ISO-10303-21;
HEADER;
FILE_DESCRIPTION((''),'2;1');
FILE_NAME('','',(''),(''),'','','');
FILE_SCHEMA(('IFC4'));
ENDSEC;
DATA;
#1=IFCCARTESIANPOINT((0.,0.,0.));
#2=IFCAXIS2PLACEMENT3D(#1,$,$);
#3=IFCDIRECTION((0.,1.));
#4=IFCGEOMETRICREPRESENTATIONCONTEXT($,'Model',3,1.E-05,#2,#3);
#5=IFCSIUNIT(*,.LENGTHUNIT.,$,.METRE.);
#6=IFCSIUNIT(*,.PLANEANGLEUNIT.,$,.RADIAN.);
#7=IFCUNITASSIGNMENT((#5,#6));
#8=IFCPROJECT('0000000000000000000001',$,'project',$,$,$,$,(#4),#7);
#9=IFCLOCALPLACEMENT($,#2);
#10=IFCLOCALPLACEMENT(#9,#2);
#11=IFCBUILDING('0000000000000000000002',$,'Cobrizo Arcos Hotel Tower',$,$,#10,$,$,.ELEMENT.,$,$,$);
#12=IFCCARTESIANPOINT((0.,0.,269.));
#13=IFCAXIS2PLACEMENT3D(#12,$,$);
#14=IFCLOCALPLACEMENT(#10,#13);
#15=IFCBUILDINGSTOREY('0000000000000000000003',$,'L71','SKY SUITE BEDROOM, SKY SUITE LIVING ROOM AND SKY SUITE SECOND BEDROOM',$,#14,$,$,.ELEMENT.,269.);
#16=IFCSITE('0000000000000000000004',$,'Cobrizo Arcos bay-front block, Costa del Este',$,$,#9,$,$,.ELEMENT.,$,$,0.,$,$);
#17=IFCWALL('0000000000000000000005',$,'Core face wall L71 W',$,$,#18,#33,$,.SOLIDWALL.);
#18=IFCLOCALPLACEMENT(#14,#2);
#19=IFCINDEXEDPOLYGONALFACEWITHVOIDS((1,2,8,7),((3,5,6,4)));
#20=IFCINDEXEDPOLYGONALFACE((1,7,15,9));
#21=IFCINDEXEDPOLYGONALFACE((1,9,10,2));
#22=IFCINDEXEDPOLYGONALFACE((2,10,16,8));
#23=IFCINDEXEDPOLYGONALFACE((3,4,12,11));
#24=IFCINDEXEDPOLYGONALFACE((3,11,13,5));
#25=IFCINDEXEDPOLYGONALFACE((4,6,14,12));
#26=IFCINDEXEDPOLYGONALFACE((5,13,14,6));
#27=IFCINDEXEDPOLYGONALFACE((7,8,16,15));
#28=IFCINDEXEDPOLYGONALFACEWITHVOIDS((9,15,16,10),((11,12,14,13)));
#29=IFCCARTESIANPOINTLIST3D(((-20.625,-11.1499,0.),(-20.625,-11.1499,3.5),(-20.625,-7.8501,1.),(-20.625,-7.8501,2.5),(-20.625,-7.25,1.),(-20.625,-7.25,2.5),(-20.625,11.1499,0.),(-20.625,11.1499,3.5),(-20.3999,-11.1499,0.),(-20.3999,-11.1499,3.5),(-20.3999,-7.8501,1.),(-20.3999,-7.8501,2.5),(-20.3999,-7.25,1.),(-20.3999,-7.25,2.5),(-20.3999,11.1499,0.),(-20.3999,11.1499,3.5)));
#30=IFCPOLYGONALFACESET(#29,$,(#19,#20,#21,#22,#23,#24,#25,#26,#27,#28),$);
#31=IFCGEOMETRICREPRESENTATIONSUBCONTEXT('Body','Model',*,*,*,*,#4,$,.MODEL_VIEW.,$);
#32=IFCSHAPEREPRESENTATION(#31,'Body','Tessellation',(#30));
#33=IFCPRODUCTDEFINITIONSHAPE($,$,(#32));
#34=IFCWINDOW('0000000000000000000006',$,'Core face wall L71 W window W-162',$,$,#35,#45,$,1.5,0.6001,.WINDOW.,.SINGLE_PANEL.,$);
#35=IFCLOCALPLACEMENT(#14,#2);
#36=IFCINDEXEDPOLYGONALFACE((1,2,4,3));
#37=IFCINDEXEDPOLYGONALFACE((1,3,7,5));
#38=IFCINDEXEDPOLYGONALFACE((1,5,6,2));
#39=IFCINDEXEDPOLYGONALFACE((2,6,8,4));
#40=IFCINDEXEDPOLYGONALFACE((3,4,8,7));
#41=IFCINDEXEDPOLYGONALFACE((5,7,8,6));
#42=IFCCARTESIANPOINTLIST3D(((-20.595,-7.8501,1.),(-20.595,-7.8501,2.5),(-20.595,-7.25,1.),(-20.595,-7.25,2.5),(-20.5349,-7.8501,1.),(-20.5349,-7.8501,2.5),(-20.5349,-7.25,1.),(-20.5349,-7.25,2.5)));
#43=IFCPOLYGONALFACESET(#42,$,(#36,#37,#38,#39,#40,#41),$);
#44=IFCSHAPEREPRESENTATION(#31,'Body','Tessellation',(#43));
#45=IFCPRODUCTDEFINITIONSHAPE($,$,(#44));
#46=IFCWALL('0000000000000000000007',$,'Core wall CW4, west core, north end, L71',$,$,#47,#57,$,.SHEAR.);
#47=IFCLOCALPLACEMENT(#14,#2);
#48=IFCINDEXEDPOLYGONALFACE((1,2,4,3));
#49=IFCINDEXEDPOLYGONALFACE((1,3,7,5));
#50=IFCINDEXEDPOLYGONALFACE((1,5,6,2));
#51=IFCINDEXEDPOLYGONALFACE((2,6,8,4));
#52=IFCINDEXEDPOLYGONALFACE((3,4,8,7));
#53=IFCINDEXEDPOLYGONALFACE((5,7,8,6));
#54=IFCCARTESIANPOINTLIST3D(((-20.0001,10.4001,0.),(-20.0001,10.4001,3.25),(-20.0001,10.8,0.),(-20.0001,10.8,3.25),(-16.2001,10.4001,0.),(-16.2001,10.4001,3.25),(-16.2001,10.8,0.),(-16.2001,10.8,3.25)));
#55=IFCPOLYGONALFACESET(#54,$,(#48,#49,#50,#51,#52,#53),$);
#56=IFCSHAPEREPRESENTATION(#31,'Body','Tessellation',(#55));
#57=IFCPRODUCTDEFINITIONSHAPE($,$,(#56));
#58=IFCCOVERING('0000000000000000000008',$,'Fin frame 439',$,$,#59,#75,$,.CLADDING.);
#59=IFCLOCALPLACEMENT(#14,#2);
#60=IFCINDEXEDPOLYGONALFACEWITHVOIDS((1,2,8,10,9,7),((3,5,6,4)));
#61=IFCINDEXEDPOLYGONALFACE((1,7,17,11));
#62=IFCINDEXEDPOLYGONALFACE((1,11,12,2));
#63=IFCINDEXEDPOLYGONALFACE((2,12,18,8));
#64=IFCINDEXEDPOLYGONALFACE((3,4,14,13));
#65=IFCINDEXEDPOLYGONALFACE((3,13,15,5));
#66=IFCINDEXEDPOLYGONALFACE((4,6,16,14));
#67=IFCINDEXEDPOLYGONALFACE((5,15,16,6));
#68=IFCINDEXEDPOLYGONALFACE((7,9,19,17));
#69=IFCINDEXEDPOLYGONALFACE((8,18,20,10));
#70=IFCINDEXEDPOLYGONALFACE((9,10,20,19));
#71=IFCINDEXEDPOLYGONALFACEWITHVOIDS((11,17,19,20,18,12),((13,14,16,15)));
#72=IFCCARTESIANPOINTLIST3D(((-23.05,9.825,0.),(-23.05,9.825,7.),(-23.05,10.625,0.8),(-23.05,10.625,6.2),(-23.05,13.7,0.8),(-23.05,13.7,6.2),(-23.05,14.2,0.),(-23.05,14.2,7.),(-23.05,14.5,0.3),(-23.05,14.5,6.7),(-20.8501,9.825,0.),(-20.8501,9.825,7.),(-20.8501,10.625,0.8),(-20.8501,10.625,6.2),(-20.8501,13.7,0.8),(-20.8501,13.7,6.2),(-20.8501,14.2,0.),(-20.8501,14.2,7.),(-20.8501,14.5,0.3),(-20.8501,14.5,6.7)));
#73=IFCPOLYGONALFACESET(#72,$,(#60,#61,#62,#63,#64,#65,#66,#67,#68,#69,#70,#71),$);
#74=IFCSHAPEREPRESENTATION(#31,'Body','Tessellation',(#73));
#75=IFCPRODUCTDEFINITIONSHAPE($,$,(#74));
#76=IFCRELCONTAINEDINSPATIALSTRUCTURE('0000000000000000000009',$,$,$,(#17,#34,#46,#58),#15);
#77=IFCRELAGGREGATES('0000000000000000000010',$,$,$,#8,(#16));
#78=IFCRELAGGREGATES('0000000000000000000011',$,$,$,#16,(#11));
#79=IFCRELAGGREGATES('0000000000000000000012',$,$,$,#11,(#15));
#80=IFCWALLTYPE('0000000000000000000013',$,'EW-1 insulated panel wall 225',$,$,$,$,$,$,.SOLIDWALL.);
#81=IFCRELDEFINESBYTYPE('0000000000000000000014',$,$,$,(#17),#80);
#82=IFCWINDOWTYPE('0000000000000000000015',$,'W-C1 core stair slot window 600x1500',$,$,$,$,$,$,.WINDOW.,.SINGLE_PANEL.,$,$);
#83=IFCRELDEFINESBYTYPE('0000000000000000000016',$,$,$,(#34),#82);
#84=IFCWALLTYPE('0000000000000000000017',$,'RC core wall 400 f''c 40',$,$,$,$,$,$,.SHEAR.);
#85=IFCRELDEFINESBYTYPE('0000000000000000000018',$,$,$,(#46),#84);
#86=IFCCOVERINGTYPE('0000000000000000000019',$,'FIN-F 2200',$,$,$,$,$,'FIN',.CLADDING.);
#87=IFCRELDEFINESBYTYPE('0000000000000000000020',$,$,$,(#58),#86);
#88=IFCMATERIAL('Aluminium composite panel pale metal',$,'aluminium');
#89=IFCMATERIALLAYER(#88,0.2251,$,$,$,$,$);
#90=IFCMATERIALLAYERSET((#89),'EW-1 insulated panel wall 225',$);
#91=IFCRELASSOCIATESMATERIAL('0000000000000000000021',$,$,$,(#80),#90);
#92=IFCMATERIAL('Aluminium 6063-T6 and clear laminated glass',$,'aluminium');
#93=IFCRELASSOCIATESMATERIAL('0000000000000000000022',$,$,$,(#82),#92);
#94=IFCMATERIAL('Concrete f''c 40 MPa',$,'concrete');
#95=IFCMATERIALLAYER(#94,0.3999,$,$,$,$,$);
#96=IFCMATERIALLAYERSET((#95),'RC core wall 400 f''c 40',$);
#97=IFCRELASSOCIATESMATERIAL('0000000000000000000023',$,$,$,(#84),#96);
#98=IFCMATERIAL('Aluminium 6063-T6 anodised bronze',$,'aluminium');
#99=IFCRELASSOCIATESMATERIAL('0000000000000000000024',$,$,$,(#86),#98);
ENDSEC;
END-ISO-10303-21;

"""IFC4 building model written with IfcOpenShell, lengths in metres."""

from ifc_helpers import new_model, si_unit, direction, frame, frame_2d, origin, place, context, subcontext, project, spatial, polyline, rectangle, outline, extrude, material, layer, layer_set, type_object, element, fill, save


model = new_model("IFC4")

# Units and contexts
model_context = context("Model", 3, precision=1e-05, world=origin(), true_north=direction((0.0, 1.0)))
body_context = subcontext(model_context, "Body", "Model", "MODEL_VIEW")
ifc_project = project(units=[si_unit("LENGTHUNIT", "METRE"), si_unit("PLANEANGLEUNIT", "RADIAN")], contexts=[model_context])

# Site, building, storey
site_placement = place(None, origin())
site = spatial("IfcSite", under=ifc_project, at=site_placement, Name="Cobrizo Arcos bay-front block, Costa del Este", CompositionType="ELEMENT", RefElevation=0.0)
building_placement = place(site_placement, origin())
building = spatial("IfcBuilding", under=site, at=building_placement, Name="Cobrizo Arcos Hotel Tower", CompositionType="ELEMENT")
storey_placement = place(building_placement, frame((0.0, 0.0, 269.0)))
storey = spatial("IfcBuildingStorey", under=building, at=storey_placement, Name="L71", Description="SKY SUITE BEDROOM, SKY SUITE LIVING ROOM AND SKY SUITE SECOND BEDROOM", CompositionType="ELEMENT", Elevation=269.0)

# Shared definitions
ifc_material_1 = material(Name="Aluminium 6063-T6 anodised bronze", Category="aluminium")

# Shared definitions
ifc_material_2 = material(Name="Aluminium composite panel pale metal", Category="aluminium")

# Wall, opening, window
ifc_layer_1 = layer(ifc_material_2, 0.2251)
ifc_layer_set_1 = layer_set([ifc_layer_1], Name="EW-1 insulated panel wall 225")
wall_type_1 = type_object("IfcWallType", Name="EW-1 insulated panel wall 225", PredefinedType="SOLIDWALL", material=ifc_layer_set_1)
wall_1_placement = place(storey_placement, frame((-20.5125, 11.1499, 0.0), z_axis=(0.0, 0.0, 1.0), x_axis=(0.0, -1.0, 0.0)))
wall_1 = element("IfcWall", 1, at=wall_1_placement, inside=storey, type_object=wall_type_1, Name="Core face wall L71 W", PredefinedType="SOLIDWALL", context=body_context, shape_type="SweptSolid", body=[
    extrude(rectangle(XDim=22.2998, YDim=0.2251, at=frame_2d((11.1499, 0.0))), origin(), (0.0, 0.0, 1.0), 3.5),
])
opening_placement = place(wall_1_placement, frame((18.3999, 0.0, 1.0)))
opening = element("IfcOpeningElement", 2, at=opening_placement, cuts=wall_1, PredefinedType="OPENING", context=body_context, shape_type="SweptSolid", body=[
    extrude(rectangle(XDim=0.6001, YDim=1.5, at=frame_2d((0.3, 0.75))), frame((0.0, 0.1245, 0.0), z_axis=(0.0, -1.0, 0.0), x_axis=(1.0, 0.0, 0.0)), (0.0, 0.0, 1.0), 0.249),
])
ifc_material_3 = material(Name="Aluminium 6063-T6 and clear laminated glass", Category="aluminium")
window_type = type_object("IfcWindowType", Name="W-C1 core stair slot window 600x1500", PartitioningType="SINGLE_PANEL", PredefinedType="WINDOW", material=ifc_material_3)
window_placement = place(opening_placement, origin())
window = element("IfcWindow", 3, at=window_placement, inside=storey, type_object=window_type, Name="Core face wall L71 W window W-162", OverallHeight=1.5, OverallWidth=0.6001, PartitioningType="SINGLE_PANEL", PredefinedType="WINDOW", context=body_context, shape_type="SweptSolid", body=[
    extrude(rectangle(XDim=0.6001, YDim=1.5, at=frame_2d((0.3, 0.75))), frame((0.0, -0.0225, 0.0), z_axis=(0.0, -1.0, 0.0), x_axis=(1.0, 0.0, 0.0)), (0.0, 0.0, 1.0), 0.0601),
])
fill(opening, window)

# Wall
ifc_material_4 = material(Name="Concrete f'c 40 MPa", Category="concrete")
ifc_layer_2 = layer(ifc_material_4, 0.3999)
ifc_layer_set_2 = layer_set([ifc_layer_2], Name="RC core wall 400 f'c 40")
wall_type_2 = type_object("IfcWallType", Name="RC core wall 400 f'c 40", PredefinedType="SHEAR", material=ifc_layer_set_2)
wall_2_placement = place(storey_placement, frame((-20.0, 10.6001, 0.0), z_axis=(0.0, 0.0, 1.0), x_axis=(1.0, 0.0, 0.0)))
element("IfcWall", 4, at=wall_2_placement, inside=storey, type_object=wall_type_2, Name="Core wall CW4, west core, north end, L71", PredefinedType="SHEAR", context=body_context, shape_type="SweptSolid", body=[
    extrude(rectangle(XDim=3.8, YDim=0.3999, at=frame_2d((1.8999, 0.0))), origin(), (0.0, 0.0, 1.0), 3.25),
])

# Covering
covering_type = type_object("IfcCoveringType", Name="FIN-F 2200", ElementType="FIN", PredefinedType="CLADDING", material=ifc_material_1)
covering_placement = place(storey_placement, frame((-20.8501, 14.5, 0.0), z_axis=(-1.0, 0.0, 0.0), x_axis=(0.0, -1.0, 0.0)))
element("IfcCovering", 5, at=covering_placement, inside=storey, type_object=covering_type, Name="Fin frame 439", PredefinedType="CLADDING", context=body_context, shape_type="SweptSolid", body=[
    extrude(outline(polyline([(0.0, 0.3), (0.3, 0.0), (4.675, 0.0), (4.675, 7.0), (0.3, 7.0), (0.0, 6.7), (0.0, 0.3)]), holes=[polyline([(3.875, 0.8), (0.8, 0.8), (0.8, 6.2), (3.875, 6.2), (3.875, 0.8)])]), origin(), (0.0, 0.0, 1.0), 2.2),
])

save(model, "model.ifc")
